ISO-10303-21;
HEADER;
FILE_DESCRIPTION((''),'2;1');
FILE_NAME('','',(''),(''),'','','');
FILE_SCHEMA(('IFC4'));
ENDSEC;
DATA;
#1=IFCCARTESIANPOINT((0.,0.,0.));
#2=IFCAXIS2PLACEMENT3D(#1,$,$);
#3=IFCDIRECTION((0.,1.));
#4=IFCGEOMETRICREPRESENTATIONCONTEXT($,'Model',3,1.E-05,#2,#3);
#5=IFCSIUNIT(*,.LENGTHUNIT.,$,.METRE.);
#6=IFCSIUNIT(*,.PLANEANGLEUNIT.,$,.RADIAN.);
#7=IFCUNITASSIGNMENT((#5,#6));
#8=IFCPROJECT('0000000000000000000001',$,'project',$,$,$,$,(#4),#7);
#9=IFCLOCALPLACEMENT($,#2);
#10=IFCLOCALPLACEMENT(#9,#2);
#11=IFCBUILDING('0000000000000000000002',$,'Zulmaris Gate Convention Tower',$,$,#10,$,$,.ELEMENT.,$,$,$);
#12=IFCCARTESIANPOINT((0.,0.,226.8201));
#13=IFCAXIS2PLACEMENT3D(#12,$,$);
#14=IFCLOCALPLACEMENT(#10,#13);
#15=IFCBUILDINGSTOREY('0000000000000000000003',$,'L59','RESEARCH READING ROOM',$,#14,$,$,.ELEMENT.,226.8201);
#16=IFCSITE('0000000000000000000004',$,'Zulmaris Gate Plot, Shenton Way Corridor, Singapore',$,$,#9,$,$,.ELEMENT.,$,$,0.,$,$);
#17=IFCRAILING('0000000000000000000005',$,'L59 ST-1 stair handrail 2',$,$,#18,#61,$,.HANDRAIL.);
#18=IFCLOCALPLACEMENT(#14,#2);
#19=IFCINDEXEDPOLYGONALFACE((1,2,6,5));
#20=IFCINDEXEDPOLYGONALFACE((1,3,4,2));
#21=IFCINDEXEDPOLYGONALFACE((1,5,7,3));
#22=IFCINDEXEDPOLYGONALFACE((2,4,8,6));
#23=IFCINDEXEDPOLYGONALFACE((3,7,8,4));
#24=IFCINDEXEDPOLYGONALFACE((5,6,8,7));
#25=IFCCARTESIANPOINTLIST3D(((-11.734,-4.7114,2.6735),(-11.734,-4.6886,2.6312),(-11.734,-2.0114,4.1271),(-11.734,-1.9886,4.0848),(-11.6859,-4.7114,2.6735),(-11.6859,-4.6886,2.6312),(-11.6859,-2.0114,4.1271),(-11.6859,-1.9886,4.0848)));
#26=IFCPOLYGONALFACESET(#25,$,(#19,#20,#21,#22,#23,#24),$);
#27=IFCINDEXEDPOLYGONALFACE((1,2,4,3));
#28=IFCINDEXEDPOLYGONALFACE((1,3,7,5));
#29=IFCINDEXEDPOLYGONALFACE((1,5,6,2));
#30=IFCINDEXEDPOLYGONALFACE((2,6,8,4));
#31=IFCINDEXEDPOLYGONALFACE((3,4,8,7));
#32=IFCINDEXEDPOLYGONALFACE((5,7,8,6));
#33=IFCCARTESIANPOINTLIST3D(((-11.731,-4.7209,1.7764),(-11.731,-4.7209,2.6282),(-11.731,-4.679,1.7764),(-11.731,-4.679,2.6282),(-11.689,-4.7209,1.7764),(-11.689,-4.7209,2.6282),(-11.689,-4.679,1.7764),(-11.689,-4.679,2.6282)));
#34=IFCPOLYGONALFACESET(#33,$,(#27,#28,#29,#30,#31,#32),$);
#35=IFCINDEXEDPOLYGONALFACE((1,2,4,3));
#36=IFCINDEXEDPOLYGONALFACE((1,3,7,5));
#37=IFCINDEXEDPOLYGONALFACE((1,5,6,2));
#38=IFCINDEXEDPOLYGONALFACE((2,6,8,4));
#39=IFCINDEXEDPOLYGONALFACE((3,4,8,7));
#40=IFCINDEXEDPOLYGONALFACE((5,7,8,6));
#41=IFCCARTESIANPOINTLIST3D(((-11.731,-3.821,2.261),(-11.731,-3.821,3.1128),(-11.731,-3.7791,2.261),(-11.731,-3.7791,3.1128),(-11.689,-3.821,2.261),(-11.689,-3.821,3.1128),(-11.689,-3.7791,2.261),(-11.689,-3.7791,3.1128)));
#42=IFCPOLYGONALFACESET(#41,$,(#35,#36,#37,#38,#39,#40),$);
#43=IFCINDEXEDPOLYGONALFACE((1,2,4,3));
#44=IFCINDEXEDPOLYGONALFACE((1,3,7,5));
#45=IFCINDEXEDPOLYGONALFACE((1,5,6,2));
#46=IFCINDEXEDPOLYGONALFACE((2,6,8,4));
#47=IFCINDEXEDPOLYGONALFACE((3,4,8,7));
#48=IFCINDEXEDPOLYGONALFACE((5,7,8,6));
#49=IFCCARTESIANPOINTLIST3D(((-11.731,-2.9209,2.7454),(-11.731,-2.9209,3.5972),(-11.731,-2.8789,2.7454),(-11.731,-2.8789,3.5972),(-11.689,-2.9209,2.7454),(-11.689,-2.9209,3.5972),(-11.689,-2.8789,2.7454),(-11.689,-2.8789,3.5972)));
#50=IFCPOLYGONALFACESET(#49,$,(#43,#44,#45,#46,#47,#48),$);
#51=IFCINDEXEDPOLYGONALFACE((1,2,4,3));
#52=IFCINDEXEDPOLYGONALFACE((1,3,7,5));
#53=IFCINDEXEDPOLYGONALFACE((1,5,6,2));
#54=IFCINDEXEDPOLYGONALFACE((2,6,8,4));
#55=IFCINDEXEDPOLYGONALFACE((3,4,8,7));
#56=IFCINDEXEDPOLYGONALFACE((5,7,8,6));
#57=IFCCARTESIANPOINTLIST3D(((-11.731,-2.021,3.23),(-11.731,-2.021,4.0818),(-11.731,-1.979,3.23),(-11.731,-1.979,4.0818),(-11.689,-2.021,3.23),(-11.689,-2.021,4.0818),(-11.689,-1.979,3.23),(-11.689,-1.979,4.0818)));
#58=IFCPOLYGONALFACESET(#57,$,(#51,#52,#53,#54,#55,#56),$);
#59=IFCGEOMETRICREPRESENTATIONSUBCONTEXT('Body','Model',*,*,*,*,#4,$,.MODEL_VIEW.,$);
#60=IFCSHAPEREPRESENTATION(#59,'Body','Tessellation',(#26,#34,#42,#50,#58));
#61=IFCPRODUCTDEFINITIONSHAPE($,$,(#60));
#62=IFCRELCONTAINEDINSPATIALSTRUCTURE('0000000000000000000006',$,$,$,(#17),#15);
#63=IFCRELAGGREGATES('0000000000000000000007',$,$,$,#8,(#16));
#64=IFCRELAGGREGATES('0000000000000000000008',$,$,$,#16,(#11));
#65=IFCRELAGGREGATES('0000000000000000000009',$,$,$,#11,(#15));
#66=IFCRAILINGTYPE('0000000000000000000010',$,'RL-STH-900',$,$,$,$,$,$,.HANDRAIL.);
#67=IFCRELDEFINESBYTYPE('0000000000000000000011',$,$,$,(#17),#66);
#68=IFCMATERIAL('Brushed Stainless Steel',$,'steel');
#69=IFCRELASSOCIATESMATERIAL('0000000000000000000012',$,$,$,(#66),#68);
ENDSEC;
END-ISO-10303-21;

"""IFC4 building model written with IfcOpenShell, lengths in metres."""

from ifc_helpers import new_model, si_unit, direction, frame, origin, origin_2d, place, context, subcontext, project, spatial, rectangle, extrude, material, type_object, element, save


model = new_model("IFC4")

# Units and contexts
model_context = context("Model", 3, precision=1e-05, world=origin(), true_north=direction((0.0, 1.0)))
body_context = subcontext(model_context, "Body", "Model", "MODEL_VIEW")
ifc_project = project(units=[si_unit("LENGTHUNIT", "METRE"), si_unit("PLANEANGLEUNIT", "RADIAN")], contexts=[model_context])

# Site, building, storey
site_placement = place(None, origin())
site = spatial("IfcSite", under=ifc_project, at=site_placement, Name="Zulmaris Gate Plot, Shenton Way Corridor, Singapore", CompositionType="ELEMENT", RefElevation=0.0)
building_placement = place(site_placement, origin())
building = spatial("IfcBuilding", under=site, at=building_placement, Name="Zulmaris Gate Convention Tower", CompositionType="ELEMENT")
storey_placement = place(building_placement, frame((0.0, 0.0, 226.8201)))
storey = spatial("IfcBuildingStorey", under=building, at=storey_placement, Name="L59", Description="RESEARCH READING ROOM", CompositionType="ELEMENT", Elevation=226.8201)

# Railing
ifc_material_1 = material(Name="Brushed Stainless Steel", Category="steel")
railing_type_1 = type_object("IfcRailingType", Name="RL-STH-900", PredefinedType="HANDRAIL", material=ifc_material_1)
railing_1_placement = place(storey_placement, frame((-11.71, -4.7, 1.7764)))
element("IfcRailing", 1, at=railing_1_placement, inside=storey, type_object=railing_type_1, Name="L59 ST-1 stair handrail 2", PredefinedType="HANDRAIL", context=body_context, shape_type="SweptSolid", body=[
    extrude(rectangle(XDim=0.0481, YDim=0.0481, at=origin_2d()), frame((0.0, 0.0, 0.876), z_axis=(0.0, 0.880499, 0.474048), x_axis=(-1.0, 0.0, 0.0)), (0.0, 0.0, 1.0), 3.0664),
    extrude(rectangle(XDim=0.042, YDim=0.042, at=origin_2d()), origin(), (0.0, 0.0, 1.0), 0.8518),
    extrude(rectangle(XDim=0.042, YDim=0.042, at=origin_2d()), frame((0.0, 0.8999, 0.4846)), (0.0, 0.0, 1.0), 0.8518),
    extrude(rectangle(XDim=0.042, YDim=0.042, at=origin_2d()), frame((0.0, 1.8, 0.969)), (0.0, 0.0, 1.0), 0.8518),
    extrude(rectangle(XDim=0.042, YDim=0.042, at=origin_2d()), frame((0.0, 2.7, 1.4536)), (0.0, 0.0, 1.0), 0.8518),
])

save(model, "model.ifc")
